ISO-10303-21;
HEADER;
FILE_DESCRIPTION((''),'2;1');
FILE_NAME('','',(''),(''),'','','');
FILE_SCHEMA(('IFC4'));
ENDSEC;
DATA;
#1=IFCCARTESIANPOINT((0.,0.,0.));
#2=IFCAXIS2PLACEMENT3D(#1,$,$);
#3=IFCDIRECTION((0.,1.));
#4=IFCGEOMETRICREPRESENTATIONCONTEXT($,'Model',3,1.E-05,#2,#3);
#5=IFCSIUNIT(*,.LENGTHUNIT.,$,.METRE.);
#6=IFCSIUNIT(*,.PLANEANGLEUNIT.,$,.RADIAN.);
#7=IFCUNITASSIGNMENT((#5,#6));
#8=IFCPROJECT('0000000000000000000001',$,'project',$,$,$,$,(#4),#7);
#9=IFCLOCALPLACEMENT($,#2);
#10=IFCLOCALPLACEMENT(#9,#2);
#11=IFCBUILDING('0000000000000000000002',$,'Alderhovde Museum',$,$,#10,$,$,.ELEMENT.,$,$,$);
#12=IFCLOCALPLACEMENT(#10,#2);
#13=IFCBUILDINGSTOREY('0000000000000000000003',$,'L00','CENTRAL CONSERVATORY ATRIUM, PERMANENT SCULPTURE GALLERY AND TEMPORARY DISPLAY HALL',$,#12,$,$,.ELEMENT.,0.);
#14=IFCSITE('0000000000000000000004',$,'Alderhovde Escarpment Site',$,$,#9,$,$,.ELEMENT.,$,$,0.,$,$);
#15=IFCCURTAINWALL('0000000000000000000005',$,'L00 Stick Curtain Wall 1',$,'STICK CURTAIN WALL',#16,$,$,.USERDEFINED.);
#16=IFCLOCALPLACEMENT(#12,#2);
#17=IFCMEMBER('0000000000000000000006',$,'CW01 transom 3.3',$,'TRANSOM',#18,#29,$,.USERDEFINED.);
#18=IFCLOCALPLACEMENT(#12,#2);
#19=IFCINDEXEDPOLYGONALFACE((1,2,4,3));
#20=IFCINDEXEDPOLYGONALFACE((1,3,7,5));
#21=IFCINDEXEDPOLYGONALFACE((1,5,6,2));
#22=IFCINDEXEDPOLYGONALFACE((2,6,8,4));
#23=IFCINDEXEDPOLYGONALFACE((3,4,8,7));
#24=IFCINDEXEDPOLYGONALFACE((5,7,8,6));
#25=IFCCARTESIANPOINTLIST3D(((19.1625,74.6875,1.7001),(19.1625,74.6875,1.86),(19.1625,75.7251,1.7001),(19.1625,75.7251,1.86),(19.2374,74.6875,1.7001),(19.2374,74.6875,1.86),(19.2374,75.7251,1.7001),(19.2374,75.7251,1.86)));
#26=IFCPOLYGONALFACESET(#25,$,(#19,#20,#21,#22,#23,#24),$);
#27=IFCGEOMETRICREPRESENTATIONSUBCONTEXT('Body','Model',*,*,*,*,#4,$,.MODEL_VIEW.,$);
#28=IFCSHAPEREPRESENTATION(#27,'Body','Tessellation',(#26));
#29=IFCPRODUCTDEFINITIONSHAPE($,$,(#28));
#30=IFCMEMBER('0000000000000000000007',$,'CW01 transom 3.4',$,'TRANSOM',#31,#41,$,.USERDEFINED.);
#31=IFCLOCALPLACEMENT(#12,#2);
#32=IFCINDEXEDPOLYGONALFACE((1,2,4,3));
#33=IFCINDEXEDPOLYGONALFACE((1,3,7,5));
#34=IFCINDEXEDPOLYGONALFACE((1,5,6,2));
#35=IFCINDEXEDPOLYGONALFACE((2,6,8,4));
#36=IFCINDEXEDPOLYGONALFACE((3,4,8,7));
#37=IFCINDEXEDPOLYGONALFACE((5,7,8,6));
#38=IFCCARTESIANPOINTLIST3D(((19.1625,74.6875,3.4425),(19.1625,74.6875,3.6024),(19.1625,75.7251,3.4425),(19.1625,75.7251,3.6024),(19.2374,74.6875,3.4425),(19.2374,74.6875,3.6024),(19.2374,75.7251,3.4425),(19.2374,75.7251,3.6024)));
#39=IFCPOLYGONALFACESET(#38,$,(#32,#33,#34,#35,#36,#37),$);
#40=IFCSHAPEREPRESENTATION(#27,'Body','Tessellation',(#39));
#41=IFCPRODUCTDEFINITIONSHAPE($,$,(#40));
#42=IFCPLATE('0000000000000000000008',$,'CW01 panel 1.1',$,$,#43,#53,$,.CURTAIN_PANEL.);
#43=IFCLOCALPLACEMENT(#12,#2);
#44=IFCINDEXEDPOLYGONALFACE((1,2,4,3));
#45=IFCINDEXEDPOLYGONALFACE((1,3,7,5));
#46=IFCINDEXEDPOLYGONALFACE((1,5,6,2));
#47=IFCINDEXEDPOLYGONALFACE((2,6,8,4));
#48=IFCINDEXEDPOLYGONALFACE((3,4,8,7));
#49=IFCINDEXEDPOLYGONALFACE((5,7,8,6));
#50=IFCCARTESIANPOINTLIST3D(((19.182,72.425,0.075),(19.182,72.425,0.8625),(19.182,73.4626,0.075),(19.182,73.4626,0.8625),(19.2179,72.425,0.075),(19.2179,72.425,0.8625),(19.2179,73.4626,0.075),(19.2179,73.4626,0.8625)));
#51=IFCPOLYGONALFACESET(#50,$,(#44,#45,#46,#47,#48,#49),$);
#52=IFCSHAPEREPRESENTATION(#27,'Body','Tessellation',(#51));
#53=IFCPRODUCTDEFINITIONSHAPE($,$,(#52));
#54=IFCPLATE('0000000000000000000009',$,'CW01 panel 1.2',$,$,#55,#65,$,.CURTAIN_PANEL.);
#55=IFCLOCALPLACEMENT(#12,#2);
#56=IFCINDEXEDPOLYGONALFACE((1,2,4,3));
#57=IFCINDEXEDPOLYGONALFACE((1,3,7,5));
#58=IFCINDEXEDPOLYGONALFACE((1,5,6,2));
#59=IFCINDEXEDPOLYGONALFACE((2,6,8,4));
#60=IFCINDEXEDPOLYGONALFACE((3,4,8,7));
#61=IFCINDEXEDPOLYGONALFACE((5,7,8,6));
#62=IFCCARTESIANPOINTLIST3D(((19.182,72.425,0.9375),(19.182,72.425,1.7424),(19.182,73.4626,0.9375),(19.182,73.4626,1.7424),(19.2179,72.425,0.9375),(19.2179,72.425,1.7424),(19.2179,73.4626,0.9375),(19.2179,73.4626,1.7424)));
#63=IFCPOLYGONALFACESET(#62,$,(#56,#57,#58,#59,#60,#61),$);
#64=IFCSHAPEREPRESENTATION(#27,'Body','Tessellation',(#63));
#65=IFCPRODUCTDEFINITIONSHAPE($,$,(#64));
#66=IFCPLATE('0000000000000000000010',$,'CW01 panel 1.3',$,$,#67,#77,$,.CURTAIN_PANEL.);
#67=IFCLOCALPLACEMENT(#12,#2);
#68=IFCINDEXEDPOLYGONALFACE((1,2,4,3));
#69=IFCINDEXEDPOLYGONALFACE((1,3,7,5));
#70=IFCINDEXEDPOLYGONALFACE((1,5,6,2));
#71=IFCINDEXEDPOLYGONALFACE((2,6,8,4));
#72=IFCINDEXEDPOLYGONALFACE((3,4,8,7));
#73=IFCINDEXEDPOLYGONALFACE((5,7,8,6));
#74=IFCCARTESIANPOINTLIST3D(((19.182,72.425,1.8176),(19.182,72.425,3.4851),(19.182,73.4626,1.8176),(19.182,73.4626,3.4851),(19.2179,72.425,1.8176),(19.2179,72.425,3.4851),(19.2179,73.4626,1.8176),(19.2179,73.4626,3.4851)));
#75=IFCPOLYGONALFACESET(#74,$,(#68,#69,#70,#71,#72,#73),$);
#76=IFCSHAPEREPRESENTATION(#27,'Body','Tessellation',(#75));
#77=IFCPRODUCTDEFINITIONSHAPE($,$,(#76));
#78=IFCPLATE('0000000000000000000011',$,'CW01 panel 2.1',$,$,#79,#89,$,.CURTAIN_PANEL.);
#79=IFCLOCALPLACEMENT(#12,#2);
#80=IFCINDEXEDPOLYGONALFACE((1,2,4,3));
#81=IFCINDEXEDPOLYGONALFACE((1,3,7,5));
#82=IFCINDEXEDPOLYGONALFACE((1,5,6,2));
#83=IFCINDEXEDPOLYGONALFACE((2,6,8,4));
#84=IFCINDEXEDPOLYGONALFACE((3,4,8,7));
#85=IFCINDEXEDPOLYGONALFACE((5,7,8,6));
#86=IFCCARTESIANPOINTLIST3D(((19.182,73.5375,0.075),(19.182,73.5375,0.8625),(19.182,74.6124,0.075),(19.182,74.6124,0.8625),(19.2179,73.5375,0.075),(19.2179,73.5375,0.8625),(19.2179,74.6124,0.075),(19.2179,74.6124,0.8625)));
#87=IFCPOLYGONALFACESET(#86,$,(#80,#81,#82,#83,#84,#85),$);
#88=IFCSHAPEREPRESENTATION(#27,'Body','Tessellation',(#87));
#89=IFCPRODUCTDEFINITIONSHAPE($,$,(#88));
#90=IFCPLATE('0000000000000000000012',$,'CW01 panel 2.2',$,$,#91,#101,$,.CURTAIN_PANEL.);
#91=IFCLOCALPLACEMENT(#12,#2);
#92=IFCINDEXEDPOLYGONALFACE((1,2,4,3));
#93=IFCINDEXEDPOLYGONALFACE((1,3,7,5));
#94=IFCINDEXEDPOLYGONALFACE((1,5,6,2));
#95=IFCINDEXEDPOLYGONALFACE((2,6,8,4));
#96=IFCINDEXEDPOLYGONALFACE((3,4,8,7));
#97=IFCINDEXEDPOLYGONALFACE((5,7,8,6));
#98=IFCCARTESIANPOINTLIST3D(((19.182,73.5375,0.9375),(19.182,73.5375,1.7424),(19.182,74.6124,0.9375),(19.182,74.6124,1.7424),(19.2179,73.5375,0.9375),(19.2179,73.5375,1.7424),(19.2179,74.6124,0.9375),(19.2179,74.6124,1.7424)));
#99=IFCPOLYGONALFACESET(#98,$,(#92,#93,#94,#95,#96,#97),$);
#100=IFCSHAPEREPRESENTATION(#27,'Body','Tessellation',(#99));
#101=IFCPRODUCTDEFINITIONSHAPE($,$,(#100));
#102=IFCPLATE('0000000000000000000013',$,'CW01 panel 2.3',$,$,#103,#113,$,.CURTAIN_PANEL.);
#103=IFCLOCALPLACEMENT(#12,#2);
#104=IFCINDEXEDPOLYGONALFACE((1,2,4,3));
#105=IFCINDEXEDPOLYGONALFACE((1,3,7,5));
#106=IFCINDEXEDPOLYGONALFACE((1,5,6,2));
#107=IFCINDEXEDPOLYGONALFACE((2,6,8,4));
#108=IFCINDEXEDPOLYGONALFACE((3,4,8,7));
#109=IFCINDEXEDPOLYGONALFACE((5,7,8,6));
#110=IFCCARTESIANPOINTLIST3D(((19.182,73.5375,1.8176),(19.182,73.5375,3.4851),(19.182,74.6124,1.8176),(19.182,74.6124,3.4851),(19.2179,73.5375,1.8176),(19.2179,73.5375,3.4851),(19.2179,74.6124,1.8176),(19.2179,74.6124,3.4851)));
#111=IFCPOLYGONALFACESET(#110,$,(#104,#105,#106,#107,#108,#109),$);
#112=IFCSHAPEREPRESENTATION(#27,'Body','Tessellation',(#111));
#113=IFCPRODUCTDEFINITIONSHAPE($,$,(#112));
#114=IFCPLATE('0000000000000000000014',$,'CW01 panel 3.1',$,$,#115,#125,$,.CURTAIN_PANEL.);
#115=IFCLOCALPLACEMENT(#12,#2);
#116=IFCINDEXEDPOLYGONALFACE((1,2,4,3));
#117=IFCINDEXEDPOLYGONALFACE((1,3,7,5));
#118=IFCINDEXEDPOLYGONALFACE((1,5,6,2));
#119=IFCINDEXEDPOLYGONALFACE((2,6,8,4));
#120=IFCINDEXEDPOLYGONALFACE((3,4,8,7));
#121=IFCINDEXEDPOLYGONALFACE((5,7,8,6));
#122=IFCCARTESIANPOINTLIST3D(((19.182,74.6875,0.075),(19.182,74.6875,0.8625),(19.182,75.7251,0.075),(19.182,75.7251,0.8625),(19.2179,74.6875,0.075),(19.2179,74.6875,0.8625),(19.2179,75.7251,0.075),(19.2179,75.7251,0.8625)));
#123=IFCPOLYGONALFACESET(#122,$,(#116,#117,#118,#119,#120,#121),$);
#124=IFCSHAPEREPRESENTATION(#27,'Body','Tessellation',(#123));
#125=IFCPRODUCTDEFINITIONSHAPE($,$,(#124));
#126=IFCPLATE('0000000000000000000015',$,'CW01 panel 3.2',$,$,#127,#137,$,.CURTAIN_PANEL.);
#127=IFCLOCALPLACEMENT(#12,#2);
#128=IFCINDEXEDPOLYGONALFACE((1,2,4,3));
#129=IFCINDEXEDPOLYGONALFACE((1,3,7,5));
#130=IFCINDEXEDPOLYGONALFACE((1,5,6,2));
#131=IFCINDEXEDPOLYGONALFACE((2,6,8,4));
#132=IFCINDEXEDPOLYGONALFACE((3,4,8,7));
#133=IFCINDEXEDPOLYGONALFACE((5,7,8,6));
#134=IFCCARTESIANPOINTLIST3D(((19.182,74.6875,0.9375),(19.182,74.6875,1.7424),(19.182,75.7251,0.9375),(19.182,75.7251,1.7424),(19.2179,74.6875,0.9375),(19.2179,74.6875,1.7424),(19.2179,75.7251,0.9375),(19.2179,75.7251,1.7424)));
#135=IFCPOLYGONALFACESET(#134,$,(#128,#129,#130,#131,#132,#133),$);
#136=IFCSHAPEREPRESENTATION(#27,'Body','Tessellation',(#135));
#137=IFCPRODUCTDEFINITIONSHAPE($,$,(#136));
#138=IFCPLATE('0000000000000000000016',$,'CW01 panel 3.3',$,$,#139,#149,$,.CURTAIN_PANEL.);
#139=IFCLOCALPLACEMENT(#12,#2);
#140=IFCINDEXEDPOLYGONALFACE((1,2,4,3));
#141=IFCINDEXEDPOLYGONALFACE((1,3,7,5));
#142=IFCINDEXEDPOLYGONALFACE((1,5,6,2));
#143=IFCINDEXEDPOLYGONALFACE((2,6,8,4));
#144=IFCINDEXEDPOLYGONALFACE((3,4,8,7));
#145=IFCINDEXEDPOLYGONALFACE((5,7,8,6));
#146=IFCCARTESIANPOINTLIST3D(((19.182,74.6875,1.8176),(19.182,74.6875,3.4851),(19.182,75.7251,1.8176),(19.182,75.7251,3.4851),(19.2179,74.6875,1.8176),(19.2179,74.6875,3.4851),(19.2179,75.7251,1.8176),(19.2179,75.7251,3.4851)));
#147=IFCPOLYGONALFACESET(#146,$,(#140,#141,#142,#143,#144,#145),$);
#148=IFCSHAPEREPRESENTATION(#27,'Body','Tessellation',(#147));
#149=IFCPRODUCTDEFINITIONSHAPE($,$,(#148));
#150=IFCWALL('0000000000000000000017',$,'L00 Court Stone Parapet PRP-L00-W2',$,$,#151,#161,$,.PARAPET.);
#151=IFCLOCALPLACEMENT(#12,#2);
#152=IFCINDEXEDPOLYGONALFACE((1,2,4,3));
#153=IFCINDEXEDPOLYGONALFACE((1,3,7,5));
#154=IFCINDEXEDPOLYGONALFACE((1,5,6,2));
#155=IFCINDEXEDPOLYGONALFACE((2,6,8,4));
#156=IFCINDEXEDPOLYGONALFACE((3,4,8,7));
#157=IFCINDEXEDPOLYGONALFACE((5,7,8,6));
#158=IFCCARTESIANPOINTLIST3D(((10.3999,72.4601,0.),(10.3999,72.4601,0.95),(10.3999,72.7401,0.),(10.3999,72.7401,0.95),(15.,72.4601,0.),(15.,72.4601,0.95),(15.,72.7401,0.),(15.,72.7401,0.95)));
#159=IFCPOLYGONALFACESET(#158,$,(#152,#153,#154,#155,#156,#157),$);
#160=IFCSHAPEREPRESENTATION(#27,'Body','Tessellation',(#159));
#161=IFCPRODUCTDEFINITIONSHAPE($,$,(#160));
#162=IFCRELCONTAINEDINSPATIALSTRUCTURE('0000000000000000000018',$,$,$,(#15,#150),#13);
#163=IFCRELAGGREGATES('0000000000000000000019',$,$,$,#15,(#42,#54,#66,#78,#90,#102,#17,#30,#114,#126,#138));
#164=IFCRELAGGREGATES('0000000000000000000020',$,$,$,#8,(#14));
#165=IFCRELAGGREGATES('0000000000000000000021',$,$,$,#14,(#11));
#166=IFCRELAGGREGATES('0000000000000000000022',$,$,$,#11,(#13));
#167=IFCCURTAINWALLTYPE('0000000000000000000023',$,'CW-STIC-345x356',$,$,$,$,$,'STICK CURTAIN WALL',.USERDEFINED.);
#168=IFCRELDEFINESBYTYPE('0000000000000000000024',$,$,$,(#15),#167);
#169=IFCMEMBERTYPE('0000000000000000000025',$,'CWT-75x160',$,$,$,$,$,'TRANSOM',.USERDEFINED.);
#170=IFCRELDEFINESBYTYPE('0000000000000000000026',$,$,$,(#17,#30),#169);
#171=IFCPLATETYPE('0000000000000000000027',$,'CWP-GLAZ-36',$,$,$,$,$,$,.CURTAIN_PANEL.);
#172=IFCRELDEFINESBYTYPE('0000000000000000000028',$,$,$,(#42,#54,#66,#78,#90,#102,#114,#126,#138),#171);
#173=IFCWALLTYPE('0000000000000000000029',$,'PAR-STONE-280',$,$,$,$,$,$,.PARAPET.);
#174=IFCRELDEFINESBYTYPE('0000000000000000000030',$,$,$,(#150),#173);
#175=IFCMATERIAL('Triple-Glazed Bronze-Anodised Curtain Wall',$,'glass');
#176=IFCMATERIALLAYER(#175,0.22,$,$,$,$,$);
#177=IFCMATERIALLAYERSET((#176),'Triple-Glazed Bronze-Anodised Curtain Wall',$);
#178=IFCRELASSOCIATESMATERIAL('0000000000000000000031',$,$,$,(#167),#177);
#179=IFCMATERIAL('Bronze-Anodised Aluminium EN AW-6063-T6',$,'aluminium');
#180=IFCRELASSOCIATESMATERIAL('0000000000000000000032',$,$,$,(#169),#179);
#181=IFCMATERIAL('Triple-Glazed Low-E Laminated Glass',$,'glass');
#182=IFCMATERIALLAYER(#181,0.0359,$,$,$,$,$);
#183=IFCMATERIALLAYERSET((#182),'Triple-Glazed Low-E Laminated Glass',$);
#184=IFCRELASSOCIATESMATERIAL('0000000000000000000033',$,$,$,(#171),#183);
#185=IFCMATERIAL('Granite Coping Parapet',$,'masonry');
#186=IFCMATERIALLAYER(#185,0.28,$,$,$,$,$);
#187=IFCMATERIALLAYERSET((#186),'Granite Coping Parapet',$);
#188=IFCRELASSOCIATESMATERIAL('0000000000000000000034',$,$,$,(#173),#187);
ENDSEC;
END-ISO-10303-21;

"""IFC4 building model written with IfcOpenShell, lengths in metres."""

from ifc_helpers import new_model, si_unit, direction, frame, frame_2d, origin, origin_2d, place, context, subcontext, project, spatial, rectangle, extrude, material, layer, layer_set, material_profile, profile_set, type_object, element, aggregate, save


model = new_model("IFC4")

# Units and contexts
model_context = context("Model", 3, precision=1e-05, world=origin(), true_north=direction((0.0, 1.0)))
body_context = subcontext(model_context, "Body", "Model", "MODEL_VIEW")
ifc_project = project(units=[si_unit("LENGTHUNIT", "METRE"), si_unit("PLANEANGLEUNIT", "RADIAN")], contexts=[model_context])

# Site, building, storey
site_placement = place(None, origin())
site = spatial("IfcSite", under=ifc_project, at=site_placement, Name="Alderhovde Escarpment Site", CompositionType="ELEMENT", RefElevation=0.0)
building_placement = place(site_placement, origin())
building = spatial("IfcBuilding", under=site, at=building_placement, Name="Alderhovde Museum", CompositionType="ELEMENT")
storey_placement = place(building_placement, origin())
storey = spatial("IfcBuildingStorey", under=building, at=storey_placement, Name="L00", Description="CENTRAL CONSERVATORY ATRIUM, PERMANENT SCULPTURE GALLERY AND TEMPORARY DISPLAY HALL", CompositionType="ELEMENT", Elevation=0.0)

# Curtain wall
ifc_material_1 = material(Name="Triple-Glazed Bronze-Anodised Curtain Wall", Category="glass")
ifc_layer_1 = layer(ifc_material_1, 0.22)
ifc_layer_set_1 = layer_set([ifc_layer_1], Name="Triple-Glazed Bronze-Anodised Curtain Wall")
curtain_wall_type_1 = type_object("IfcCurtainWallType", Name="CW-STIC-345x356", ElementType="STICK CURTAIN WALL", PredefinedType="USERDEFINED", material=ifc_layer_set_1)
curtain_wall_1_placement = place(storey_placement, origin())
curtain_wall_1 = element("IfcCurtainWall", 1, at=curtain_wall_1_placement, inside=storey, type_object=curtain_wall_type_1, Name="L00 Stick Curtain Wall 1", ObjectType="STICK CURTAIN WALL", PredefinedType="USERDEFINED")

# Members
ifc_material_2 = material(Name="Bronze-Anodised Aluminium EN AW-6063-T6", Category="aluminium")
ifc_material_profile_1 = material_profile(ifc_material_2, rectangle(XDim=0.075, YDim=0.1599, at=origin_2d()), Name="TRANSOM 75x160")
ifc_profile_set_1 = profile_set([ifc_material_profile_1], Name="Bronze-Anodised Aluminium EN AW-6063-T6")
member_type_1 = type_object("IfcMemberType", Name="CWT-75x160", ElementType="TRANSOM", PredefinedType="USERDEFINED", material=ifc_profile_set_1)
member_1_placement = place(storey_placement, frame((19.2, 74.6875, 1.78), z_axis=(0.0, 1.0, 0.0), x_axis=(-1.0, 0.0, 0.0)))
member_1 = element("IfcMember", 2, at=member_1_placement, type_object=member_type_1, Name="CW01 transom 3.3", ObjectType="TRANSOM", PredefinedType="USERDEFINED", context=body_context, shape_type="SweptSolid", body=[
    extrude(rectangle(XDim=0.075, YDim=0.1599, at=origin_2d()), origin(), (0.0, 0.0, 1.0), 1.0376),
])
member_2_placement = place(storey_placement, frame((19.2, 74.6875, 3.5225), z_axis=(0.0, 1.0, 0.0), x_axis=(-1.0, 0.0, 0.0)))
member_2 = element("IfcMember", 3, at=member_2_placement, type_object=member_type_1, Name="CW01 transom 3.4", ObjectType="TRANSOM", PredefinedType="USERDEFINED", context=body_context, shape_type="SweptSolid", body=[
    extrude(rectangle(XDim=0.075, YDim=0.1599, at=origin_2d()), origin(), (0.0, 0.0, 1.0), 1.0376),
])

# Plates
ifc_material_3 = material(Name="Triple-Glazed Low-E Laminated Glass", Category="glass")
ifc_layer_2 = layer(ifc_material_3, 0.0359)
ifc_layer_set_2 = layer_set([ifc_layer_2], Name="Triple-Glazed Low-E Laminated Glass")
plate_type = type_object("IfcPlateType", Name="CWP-GLAZ-36", PredefinedType="CURTAIN_PANEL", material=ifc_layer_set_2)
plate_1_placement = place(storey_placement, frame((19.2, 72.9438, 0.075), z_axis=(0.0, 0.0, 1.0), x_axis=(0.0, 1.0, 0.0)))
plate_1 = element("IfcPlate", 4, at=plate_1_placement, type_object=plate_type, Name="CW01 panel 1.1", PredefinedType="CURTAIN_PANEL", context=body_context, shape_type="SweptSolid", body=[
    extrude(rectangle(XDim=1.0376, YDim=0.0359, at=origin_2d()), origin(), (0.0, 0.0, 1.0), 0.7876),
])
plate_2_placement = place(storey_placement, frame((19.2, 72.9438, 0.9375), z_axis=(0.0, 0.0, 1.0), x_axis=(0.0, 1.0, 0.0)))
plate_2 = element("IfcPlate", 5, at=plate_2_placement, type_object=plate_type, Name="CW01 panel 1.2", PredefinedType="CURTAIN_PANEL", context=body_context, shape_type="SweptSolid", body=[
    extrude(rectangle(XDim=1.0376, YDim=0.0359, at=origin_2d()), origin(), (0.0, 0.0, 1.0), 0.8049),
])
plate_3_placement = place(storey_placement, frame((19.2, 72.9438, 1.8176), z_axis=(0.0, 0.0, 1.0), x_axis=(0.0, 1.0, 0.0)))
plate_3 = element("IfcPlate", 6, at=plate_3_placement, type_object=plate_type, Name="CW01 panel 1.3", PredefinedType="CURTAIN_PANEL", context=body_context, shape_type="SweptSolid", body=[
    extrude(rectangle(XDim=1.0376, YDim=0.0359, at=origin_2d()), origin(), (0.0, 0.0, 1.0), 1.6675),
])
plate_4_placement = place(storey_placement, frame((19.2, 74.075, 0.075), z_axis=(0.0, 0.0, 1.0), x_axis=(0.0, 1.0, 0.0)))
plate_4 = element("IfcPlate", 7, at=plate_4_placement, type_object=plate_type, Name="CW01 panel 2.1", PredefinedType="CURTAIN_PANEL", context=body_context, shape_type="SweptSolid", body=[
    extrude(rectangle(XDim=1.075, YDim=0.0359, at=origin_2d()), origin(), (0.0, 0.0, 1.0), 0.7876),
])
plate_5_placement = place(storey_placement, frame((19.2, 74.075, 0.9375), z_axis=(0.0, 0.0, 1.0), x_axis=(0.0, 1.0, 0.0)))
plate_5 = element("IfcPlate", 8, at=plate_5_placement, type_object=plate_type, Name="CW01 panel 2.2", PredefinedType="CURTAIN_PANEL", context=body_context, shape_type="SweptSolid", body=[
    extrude(rectangle(XDim=1.075, YDim=0.0359, at=origin_2d()), origin(), (0.0, 0.0, 1.0), 0.8049),
])
plate_6_placement = place(storey_placement, frame((19.2, 74.075, 1.8176), z_axis=(0.0, 0.0, 1.0), x_axis=(0.0, 1.0, 0.0)))
plate_6 = element("IfcPlate", 9, at=plate_6_placement, type_object=plate_type, Name="CW01 panel 2.3", PredefinedType="CURTAIN_PANEL", context=body_context, shape_type="SweptSolid", body=[
    extrude(rectangle(XDim=1.075, YDim=0.0359, at=origin_2d()), origin(), (0.0, 0.0, 1.0), 1.6675),
])
plate_7_placement = place(storey_placement, frame((19.2, 75.2063, 0.075), z_axis=(0.0, 0.0, 1.0), x_axis=(0.0, 1.0, 0.0)))
plate_7 = element("IfcPlate", 10, at=plate_7_placement, type_object=plate_type, Name="CW01 panel 3.1", PredefinedType="CURTAIN_PANEL", context=body_context, shape_type="SweptSolid", body=[
    extrude(rectangle(XDim=1.0376, YDim=0.0359, at=origin_2d()), origin(), (0.0, 0.0, 1.0), 0.7876),
])
plate_8_placement = place(storey_placement, frame((19.2, 75.2063, 0.9375), z_axis=(0.0, 0.0, 1.0), x_axis=(0.0, 1.0, 0.0)))
plate_8 = element("IfcPlate", 11, at=plate_8_placement, type_object=plate_type, Name="CW01 panel 3.2", PredefinedType="CURTAIN_PANEL", context=body_context, shape_type="SweptSolid", body=[
    extrude(rectangle(XDim=1.0376, YDim=0.0359, at=origin_2d()), origin(), (0.0, 0.0, 1.0), 0.8049),
])
plate_9_placement = place(storey_placement, frame((19.2, 75.2063, 1.8176), z_axis=(0.0, 0.0, 1.0), x_axis=(0.0, 1.0, 0.0)))
plate_9 = element("IfcPlate", 12, at=plate_9_placement, type_object=plate_type, Name="CW01 panel 3.3", PredefinedType="CURTAIN_PANEL", context=body_context, shape_type="SweptSolid", body=[
    extrude(rectangle(XDim=1.0376, YDim=0.0359, at=origin_2d()), origin(), (0.0, 0.0, 1.0), 1.6675),
])
aggregate(curtain_wall_1, [plate_1, plate_2, plate_3, plate_4, plate_5, plate_6, member_1, member_2, plate_7, plate_8, plate_9])

# Wall
ifc_material_4 = material(Name="Granite Coping Parapet", Category="masonry")
ifc_layer_3 = layer(ifc_material_4, 0.28)
ifc_layer_set_3 = layer_set([ifc_layer_3], Name="Granite Coping Parapet")
wall_type = type_object("IfcWallType", Name="PAR-STONE-280", PredefinedType="PARAPET", material=ifc_layer_set_3)
wall_placement = place(storey_placement, frame((10.3999, 72.6001, 0.0), z_axis=(0.0, 0.0, 1.0), x_axis=(1.0, 0.0, 0.0)))
element("IfcWall", 13, at=wall_placement, inside=storey, type_object=wall_type, Name="L00 Court Stone Parapet PRP-L00-W2", PredefinedType="PARAPET", context=body_context, shape_type="SweptSolid", body=[
    extrude(rectangle(XDim=4.6001, YDim=0.28, at=frame_2d((2.3, 0.0))), origin(), (0.0, 0.0, 1.0), 0.95),
])

save(model, "model.ifc")
